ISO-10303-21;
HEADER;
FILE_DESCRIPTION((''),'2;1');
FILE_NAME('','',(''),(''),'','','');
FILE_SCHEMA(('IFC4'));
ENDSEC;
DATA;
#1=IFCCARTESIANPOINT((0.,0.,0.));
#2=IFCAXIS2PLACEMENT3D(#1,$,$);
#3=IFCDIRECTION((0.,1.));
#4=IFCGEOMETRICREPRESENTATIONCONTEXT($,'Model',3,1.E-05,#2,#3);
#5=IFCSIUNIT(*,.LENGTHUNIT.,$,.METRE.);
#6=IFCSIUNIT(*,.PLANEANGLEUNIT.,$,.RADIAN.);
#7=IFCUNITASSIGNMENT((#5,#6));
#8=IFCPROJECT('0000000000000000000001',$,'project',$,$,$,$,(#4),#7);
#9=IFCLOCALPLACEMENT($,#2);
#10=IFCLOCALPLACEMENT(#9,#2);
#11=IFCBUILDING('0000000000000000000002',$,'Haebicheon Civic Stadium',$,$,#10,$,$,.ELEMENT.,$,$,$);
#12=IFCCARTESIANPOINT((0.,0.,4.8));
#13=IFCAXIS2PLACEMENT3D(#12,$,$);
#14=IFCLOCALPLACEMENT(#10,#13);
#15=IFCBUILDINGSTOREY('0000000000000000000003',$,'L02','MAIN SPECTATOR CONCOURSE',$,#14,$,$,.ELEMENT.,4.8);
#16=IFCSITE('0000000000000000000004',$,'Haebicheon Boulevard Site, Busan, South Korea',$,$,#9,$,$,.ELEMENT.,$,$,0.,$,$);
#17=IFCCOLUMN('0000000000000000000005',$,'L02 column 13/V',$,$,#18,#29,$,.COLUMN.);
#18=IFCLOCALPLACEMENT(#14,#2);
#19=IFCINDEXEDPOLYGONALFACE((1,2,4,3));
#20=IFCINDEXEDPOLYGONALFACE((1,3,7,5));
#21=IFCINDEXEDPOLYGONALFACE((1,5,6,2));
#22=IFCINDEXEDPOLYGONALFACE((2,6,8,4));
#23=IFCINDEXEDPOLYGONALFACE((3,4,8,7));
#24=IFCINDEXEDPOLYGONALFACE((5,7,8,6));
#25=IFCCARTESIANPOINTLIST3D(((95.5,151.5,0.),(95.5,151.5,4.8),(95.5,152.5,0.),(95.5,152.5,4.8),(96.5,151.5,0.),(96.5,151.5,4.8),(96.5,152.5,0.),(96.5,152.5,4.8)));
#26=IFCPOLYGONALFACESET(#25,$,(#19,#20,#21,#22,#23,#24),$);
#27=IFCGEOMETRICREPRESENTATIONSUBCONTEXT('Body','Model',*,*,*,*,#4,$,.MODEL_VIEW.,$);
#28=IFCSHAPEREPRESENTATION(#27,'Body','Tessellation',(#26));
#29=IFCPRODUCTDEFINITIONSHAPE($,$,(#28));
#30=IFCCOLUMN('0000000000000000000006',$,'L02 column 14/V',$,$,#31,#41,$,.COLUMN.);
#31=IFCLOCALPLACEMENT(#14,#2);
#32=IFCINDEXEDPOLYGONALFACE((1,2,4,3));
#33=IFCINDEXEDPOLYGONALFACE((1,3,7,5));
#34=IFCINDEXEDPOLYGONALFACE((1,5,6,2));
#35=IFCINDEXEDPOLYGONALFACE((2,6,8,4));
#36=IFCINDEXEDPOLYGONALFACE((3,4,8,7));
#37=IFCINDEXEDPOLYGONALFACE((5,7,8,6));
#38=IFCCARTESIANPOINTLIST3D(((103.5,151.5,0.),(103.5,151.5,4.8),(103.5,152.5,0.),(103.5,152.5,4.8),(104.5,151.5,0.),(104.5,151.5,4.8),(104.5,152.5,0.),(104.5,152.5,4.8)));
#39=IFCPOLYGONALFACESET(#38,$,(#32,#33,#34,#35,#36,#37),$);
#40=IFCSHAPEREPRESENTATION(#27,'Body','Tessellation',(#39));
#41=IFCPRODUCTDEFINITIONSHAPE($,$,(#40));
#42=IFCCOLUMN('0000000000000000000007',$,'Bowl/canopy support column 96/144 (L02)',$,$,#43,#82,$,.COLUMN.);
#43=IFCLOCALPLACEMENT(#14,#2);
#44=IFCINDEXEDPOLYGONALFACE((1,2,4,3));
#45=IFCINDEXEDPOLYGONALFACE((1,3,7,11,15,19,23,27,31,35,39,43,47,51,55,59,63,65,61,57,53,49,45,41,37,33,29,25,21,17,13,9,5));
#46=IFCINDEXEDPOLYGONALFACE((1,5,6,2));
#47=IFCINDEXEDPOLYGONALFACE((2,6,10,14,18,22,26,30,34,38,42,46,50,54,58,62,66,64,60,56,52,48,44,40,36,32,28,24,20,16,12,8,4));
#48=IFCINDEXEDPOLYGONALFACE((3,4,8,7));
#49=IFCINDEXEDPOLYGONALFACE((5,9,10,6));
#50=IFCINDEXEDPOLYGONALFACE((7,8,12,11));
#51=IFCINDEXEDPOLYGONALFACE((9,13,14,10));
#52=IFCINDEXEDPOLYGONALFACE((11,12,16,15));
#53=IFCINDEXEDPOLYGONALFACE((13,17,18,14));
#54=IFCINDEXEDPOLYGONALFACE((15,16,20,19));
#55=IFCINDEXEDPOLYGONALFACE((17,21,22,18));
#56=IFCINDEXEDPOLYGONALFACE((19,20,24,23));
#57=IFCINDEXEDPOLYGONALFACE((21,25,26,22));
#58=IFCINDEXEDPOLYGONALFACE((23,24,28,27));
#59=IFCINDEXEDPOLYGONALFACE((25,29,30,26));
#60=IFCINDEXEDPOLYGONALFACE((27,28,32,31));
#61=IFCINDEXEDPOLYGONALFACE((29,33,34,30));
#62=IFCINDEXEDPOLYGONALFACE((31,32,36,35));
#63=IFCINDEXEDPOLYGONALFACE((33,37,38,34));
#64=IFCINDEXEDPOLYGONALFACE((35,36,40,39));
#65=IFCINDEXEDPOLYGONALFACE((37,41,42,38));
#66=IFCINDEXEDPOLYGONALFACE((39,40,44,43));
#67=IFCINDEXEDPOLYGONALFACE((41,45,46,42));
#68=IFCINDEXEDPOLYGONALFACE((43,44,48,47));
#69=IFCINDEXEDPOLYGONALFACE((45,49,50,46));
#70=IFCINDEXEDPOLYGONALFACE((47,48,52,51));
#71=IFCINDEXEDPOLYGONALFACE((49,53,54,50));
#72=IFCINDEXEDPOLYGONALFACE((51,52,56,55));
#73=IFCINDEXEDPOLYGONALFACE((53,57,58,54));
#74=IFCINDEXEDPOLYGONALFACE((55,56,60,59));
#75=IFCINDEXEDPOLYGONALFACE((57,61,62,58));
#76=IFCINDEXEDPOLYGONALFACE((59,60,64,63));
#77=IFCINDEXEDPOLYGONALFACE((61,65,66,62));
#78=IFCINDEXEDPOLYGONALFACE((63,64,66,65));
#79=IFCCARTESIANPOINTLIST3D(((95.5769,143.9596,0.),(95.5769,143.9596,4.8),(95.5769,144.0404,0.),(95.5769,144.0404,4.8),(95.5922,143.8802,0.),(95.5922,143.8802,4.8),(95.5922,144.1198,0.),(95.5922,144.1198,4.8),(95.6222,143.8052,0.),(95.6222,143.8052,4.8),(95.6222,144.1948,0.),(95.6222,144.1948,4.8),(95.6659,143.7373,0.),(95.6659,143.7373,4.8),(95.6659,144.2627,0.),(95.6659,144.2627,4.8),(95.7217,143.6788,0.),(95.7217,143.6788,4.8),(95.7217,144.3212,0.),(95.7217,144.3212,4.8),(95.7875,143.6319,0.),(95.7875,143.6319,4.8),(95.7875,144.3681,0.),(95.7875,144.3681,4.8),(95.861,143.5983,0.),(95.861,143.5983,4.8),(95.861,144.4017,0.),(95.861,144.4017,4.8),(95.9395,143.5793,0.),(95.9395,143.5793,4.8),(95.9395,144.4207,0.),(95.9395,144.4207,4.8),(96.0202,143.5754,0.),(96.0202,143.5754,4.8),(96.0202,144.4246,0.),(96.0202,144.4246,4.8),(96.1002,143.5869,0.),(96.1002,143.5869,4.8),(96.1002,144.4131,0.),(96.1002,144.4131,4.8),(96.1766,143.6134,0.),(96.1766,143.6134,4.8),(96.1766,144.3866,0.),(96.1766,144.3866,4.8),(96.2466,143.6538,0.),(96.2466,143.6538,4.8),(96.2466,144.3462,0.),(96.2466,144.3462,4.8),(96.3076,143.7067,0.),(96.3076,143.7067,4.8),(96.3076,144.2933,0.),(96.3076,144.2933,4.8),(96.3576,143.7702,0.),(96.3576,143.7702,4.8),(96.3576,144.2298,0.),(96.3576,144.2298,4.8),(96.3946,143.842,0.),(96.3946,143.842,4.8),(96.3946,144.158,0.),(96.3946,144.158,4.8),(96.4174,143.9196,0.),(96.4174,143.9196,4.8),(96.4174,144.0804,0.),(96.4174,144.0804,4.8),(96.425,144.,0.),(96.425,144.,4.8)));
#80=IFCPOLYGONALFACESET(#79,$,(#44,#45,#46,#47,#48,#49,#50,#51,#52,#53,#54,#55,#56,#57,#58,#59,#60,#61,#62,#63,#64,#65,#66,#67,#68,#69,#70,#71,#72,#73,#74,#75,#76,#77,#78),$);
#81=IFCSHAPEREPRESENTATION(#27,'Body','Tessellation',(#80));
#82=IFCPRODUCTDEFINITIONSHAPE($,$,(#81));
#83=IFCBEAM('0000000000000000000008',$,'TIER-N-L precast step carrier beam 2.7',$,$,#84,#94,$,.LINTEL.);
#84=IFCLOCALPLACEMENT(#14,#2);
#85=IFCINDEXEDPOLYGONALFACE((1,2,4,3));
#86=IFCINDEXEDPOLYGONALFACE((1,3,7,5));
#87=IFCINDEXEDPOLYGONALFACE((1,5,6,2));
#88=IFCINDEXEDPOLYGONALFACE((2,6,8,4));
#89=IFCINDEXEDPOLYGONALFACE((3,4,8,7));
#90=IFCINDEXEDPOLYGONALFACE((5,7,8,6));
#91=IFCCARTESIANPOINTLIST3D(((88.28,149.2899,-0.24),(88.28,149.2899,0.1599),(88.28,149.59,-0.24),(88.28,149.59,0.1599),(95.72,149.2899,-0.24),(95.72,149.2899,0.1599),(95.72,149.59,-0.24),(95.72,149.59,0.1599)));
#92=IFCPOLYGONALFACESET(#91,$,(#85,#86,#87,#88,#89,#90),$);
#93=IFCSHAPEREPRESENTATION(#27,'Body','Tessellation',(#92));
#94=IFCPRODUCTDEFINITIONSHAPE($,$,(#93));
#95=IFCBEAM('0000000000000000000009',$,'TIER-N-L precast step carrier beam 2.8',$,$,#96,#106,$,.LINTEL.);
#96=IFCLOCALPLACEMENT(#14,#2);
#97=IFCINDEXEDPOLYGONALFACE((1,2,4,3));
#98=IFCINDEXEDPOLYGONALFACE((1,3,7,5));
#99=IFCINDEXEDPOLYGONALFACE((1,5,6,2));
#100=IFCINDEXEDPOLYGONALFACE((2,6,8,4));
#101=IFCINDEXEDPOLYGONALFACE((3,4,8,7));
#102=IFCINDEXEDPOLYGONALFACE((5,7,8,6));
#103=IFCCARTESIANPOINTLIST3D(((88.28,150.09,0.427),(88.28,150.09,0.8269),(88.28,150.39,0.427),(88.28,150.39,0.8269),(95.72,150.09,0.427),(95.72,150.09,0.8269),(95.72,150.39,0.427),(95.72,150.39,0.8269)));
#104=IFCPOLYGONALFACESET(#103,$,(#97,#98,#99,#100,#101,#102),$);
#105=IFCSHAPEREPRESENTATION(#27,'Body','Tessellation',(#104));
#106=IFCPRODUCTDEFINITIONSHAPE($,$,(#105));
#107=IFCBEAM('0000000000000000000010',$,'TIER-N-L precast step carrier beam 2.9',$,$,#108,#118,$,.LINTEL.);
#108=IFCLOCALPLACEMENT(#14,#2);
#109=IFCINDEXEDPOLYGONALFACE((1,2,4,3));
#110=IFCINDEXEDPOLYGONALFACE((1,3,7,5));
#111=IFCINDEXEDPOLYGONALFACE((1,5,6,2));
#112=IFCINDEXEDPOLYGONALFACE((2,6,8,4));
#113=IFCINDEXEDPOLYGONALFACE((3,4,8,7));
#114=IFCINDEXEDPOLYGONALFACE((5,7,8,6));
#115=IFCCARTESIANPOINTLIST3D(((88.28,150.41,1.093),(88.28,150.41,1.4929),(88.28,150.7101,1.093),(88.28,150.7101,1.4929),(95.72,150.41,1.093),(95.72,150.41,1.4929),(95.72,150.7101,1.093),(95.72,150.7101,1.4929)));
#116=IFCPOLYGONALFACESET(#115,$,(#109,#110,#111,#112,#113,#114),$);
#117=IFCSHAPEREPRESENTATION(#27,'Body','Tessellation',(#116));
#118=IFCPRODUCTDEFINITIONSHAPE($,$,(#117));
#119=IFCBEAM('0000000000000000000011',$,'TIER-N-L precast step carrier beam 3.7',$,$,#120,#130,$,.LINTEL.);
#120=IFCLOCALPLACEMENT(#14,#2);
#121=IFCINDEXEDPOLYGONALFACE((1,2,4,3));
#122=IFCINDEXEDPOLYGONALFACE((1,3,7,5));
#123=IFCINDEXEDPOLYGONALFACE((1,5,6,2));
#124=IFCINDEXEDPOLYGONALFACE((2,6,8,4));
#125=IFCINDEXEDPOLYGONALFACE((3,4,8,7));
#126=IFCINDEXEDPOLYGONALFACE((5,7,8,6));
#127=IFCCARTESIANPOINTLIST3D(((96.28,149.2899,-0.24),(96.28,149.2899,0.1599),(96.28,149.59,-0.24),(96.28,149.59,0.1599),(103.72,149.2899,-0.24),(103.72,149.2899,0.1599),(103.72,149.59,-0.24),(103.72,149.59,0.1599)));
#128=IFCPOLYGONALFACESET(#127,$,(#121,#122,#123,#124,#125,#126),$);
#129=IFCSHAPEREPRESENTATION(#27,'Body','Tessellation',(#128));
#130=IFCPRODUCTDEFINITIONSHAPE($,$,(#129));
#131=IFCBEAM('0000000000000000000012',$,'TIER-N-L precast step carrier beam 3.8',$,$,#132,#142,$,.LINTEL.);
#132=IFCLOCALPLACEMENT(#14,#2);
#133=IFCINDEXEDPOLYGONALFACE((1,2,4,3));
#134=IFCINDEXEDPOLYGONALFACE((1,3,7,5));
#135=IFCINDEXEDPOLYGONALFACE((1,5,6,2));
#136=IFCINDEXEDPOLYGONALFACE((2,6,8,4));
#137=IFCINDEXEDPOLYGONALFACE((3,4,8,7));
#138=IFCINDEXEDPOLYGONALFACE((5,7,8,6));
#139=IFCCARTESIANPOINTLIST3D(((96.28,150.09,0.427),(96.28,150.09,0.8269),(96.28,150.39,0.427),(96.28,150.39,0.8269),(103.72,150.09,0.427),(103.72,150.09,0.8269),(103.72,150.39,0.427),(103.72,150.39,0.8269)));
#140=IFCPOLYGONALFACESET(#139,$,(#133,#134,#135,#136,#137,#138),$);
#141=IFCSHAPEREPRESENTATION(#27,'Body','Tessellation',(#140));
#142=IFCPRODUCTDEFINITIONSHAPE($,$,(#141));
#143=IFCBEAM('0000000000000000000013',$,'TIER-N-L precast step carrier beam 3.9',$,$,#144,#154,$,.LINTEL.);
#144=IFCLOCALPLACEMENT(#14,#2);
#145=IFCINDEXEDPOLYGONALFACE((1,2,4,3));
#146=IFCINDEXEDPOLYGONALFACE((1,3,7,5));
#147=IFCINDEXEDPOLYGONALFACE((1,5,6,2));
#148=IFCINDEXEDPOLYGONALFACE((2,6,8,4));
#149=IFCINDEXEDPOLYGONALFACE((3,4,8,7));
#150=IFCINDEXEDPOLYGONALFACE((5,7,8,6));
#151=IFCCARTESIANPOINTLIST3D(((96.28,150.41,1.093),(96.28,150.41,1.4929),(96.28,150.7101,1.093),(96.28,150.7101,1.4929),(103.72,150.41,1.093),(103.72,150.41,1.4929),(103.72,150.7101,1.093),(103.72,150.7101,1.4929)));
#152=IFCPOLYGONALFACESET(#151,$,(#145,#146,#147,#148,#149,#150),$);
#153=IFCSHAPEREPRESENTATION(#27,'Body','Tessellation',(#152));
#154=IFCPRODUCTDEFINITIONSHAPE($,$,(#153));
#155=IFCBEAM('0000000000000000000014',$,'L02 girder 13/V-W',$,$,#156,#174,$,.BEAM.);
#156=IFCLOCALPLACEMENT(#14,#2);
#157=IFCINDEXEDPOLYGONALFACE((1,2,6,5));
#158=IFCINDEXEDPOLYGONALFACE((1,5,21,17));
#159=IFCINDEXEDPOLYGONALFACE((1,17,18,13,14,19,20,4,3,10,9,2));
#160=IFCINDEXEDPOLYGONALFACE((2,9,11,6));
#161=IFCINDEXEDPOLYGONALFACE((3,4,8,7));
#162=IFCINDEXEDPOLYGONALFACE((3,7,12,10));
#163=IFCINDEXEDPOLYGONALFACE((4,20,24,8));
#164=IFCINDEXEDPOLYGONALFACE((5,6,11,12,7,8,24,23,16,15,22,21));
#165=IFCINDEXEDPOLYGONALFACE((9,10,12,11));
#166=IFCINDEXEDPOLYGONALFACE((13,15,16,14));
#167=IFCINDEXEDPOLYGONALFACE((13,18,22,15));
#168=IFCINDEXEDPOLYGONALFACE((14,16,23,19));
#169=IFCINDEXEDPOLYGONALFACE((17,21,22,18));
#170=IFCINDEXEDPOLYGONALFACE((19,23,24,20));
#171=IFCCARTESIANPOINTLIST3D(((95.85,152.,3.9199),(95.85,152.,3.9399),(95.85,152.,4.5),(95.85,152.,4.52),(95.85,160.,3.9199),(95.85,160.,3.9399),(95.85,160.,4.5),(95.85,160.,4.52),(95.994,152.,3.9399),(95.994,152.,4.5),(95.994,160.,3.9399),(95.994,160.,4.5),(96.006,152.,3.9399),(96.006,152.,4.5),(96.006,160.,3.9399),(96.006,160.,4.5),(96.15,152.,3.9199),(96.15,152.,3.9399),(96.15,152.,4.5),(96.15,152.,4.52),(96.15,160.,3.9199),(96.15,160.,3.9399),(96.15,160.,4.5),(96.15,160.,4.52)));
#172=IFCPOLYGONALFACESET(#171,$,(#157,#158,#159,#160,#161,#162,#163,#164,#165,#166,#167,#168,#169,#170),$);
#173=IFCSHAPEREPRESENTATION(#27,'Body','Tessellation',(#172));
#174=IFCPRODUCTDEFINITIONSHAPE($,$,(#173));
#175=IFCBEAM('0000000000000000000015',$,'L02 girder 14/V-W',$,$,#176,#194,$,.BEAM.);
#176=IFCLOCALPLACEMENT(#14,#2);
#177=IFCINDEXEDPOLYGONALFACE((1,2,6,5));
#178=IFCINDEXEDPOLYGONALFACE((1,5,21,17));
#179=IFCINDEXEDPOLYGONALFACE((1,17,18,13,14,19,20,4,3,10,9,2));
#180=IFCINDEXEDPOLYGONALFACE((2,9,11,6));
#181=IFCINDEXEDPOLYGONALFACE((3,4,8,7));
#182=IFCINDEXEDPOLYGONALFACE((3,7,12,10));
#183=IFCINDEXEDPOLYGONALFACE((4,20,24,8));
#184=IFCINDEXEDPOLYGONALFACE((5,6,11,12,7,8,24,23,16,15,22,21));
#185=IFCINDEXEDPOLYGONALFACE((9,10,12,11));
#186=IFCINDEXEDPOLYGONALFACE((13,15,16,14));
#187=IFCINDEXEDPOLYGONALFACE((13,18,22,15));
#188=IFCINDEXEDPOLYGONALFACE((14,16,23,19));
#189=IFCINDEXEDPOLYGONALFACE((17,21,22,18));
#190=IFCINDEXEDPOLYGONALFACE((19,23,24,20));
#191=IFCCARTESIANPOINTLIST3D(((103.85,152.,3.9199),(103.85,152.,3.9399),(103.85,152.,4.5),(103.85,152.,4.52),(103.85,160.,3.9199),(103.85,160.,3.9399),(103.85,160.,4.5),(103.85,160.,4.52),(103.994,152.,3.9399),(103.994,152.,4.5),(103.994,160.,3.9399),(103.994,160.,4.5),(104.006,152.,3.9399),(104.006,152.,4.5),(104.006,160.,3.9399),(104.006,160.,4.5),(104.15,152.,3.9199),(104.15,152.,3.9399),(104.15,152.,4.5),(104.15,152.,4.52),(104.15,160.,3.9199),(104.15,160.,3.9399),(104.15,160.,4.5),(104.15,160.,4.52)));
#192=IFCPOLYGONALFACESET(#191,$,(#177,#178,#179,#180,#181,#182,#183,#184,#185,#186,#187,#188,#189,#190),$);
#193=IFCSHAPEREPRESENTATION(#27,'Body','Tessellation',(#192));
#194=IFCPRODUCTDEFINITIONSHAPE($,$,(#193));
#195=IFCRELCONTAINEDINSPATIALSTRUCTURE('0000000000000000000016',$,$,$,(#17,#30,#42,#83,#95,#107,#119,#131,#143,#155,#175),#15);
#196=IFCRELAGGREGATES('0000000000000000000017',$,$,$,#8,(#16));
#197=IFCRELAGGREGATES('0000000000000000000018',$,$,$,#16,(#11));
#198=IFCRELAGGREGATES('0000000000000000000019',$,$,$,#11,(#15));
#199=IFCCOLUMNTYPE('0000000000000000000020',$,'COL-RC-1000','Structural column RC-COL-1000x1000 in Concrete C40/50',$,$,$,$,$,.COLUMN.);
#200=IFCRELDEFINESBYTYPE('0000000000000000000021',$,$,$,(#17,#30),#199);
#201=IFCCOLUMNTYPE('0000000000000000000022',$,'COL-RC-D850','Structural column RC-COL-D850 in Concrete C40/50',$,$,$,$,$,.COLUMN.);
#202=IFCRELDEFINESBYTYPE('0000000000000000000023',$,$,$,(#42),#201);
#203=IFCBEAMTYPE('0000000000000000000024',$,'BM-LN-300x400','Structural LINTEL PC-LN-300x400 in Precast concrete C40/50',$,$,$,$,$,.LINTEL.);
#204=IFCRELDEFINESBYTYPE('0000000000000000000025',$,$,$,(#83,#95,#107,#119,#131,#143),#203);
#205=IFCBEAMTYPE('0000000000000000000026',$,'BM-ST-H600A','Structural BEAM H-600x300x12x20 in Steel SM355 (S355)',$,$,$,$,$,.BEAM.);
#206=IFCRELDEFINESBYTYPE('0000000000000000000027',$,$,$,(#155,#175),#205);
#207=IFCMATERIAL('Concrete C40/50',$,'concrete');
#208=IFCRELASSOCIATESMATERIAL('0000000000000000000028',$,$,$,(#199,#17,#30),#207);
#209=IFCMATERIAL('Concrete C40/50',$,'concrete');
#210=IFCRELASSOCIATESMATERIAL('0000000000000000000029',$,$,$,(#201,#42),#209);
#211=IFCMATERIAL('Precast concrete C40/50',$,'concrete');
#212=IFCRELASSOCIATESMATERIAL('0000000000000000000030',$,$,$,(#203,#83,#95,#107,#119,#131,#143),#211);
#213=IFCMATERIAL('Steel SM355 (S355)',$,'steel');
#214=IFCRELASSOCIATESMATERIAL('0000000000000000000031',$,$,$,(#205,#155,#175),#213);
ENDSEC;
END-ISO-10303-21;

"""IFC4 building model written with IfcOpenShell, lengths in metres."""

from ifc_helpers import new_model, si_unit, direction, frame, origin, origin_2d, place, context, subcontext, project, spatial, rectangle, circle, i_section, extrude, material, material_profile, profile_set, type_object, element, save


model = new_model("IFC4")

# Units and contexts
model_context = context("Model", 3, precision=1e-05, world=origin(), true_north=direction((0.0, 1.0)))
body_context = subcontext(model_context, "Body", "Model", "MODEL_VIEW")
ifc_project = project(units=[si_unit("LENGTHUNIT", "METRE"), si_unit("PLANEANGLEUNIT", "RADIAN")], contexts=[model_context])

# Site, building, storey
site_placement = place(None, origin())
site = spatial("IfcSite", under=ifc_project, at=site_placement, Name="Haebicheon Boulevard Site, Busan, South Korea", CompositionType="ELEMENT", RefElevation=0.0)
building_placement = place(site_placement, origin())
building = spatial("IfcBuilding", under=site, at=building_placement, Name="Haebicheon Civic Stadium", CompositionType="ELEMENT")
storey_placement = place(building_placement, frame((0.0, 0.0, 4.8)))
storey = spatial("IfcBuildingStorey", under=building, at=storey_placement, Name="L02", Description="MAIN SPECTATOR CONCOURSE", CompositionType="ELEMENT", Elevation=4.8)

# Columns
ifc_material_1 = material(Name="Concrete C40/50", Category="concrete")
ifc_material_profile_1 = material_profile(ifc_material_1, rectangle(XDim=1.0, YDim=1.0, at=origin_2d()), Name="RC-COL-1000x1000")
ifc_profile_set_1 = profile_set([ifc_material_profile_1], Name="Concrete C40/50")
column_type_1 = type_object("IfcColumnType", Name="COL-RC-1000", Description="Structural column RC-COL-1000x1000 in Concrete C40/50", PredefinedType="COLUMN", material=ifc_profile_set_1)
for number, where, z_axis, x_axis, name in (
    (1, (96.0, 152.0, 0.0), (0.0, 0.0, 1.0), (1.0, 0.0, 0.0), "L02 column 13/V"),
    (2, (104.0, 152.0, 0.0), (0.0, 0.0, 1.0), (1.0, 0.0, 0.0), "L02 column 14/V"),
):
    element("IfcColumn", number, at=place(storey_placement, frame(where, z_axis=z_axis, x_axis=x_axis)), inside=storey, type_object=column_type_1, material=ifc_profile_set_1, Name=name, PredefinedType="COLUMN", context=body_context, shape_type="SweptSolid", body=[
        extrude(rectangle(XDim=1.0, YDim=1.0, at=origin_2d()), origin(), (0.0, 0.0, 1.0), 4.8),
    ])
ifc_material_2 = material(Name="Concrete C40/50", Category="concrete")
ifc_material_profile_2 = material_profile(ifc_material_2, circle(Radius=0.425, at=origin_2d()), Name="RC-COL-D850")
ifc_profile_set_2 = profile_set([ifc_material_profile_2], Name="Concrete C40/50")
column_type_2 = type_object("IfcColumnType", Name="COL-RC-D850", Description="Structural column RC-COL-D850 in Concrete C40/50", PredefinedType="COLUMN", material=ifc_profile_set_2)
column_placement = place(storey_placement, frame((96.0, 144.0, 0.0), z_axis=(0.0, 0.0, 1.0), x_axis=(1.0, 0.0, 0.0)))
element("IfcColumn", 3, at=column_placement, inside=storey, type_object=column_type_2, material=ifc_profile_set_2, Name="Bowl/canopy support column 96/144 (L02)", PredefinedType="COLUMN", context=body_context, shape_type="SweptSolid", body=[
    extrude(circle(Radius=0.425, at=origin_2d()), origin(), (0.0, 0.0, 1.0), 4.8),
])

# Beams
ifc_material_3 = material(Name="Precast concrete C40/50", Category="concrete")
ifc_material_profile_3 = material_profile(ifc_material_3, rectangle(XDim=0.3, YDim=0.3999, at=origin_2d()), Name="PC-LN-300x400")
ifc_profile_set_3 = profile_set([ifc_material_profile_3], Name="Precast concrete C40/50")
beam_type_1 = type_object("IfcBeamType", Name="BM-LN-300x400", Description="Structural LINTEL PC-LN-300x400 in Precast concrete C40/50", PredefinedType="LINTEL", material=ifc_profile_set_3)
for number, where, z_axis, x_axis, name in (
    (4, (88.28, 149.4399, -0.04), (1.0, 0.0, 0.0), (0.0, 1.0, 0.0), "TIER-N-L precast step carrier beam 2.7"),
    (5, (88.28, 150.24, 0.627), (1.0, 0.0, 0.0), (0.0, 1.0, 0.0), "TIER-N-L precast step carrier beam 2.8"),
    (6, (88.28, 150.5601, 1.293), (1.0, 0.0, 0.0), (0.0, 1.0, 0.0), "TIER-N-L precast step carrier beam 2.9"),
    (7, (96.28, 149.4399, -0.04), (1.0, 0.0, 0.0), (0.0, 1.0, 0.0), "TIER-N-L precast step carrier beam 3.7"),
    (8, (96.28, 150.24, 0.627), (1.0, 0.0, 0.0), (0.0, 1.0, 0.0), "TIER-N-L precast step carrier beam 3.8"),
    (9, (96.28, 150.5601, 1.293), (1.0, 0.0, 0.0), (0.0, 1.0, 0.0), "TIER-N-L precast step carrier beam 3.9"),
):
    element("IfcBeam", number, at=place(storey_placement, frame(where, z_axis=z_axis, x_axis=x_axis)), inside=storey, type_object=beam_type_1, material=ifc_profile_set_3, Name=name, PredefinedType="LINTEL", context=body_context, shape_type="SweptSolid", body=[
        extrude(rectangle(XDim=0.3, YDim=0.3999, at=origin_2d()), origin(), (0.0, 0.0, 1.0), 7.4399),
    ])
ifc_material_4 = material(Name="Steel SM355 (S355)", Category="steel")
ifc_material_profile_4 = material_profile(ifc_material_4, i_section(OverallWidth=0.3, OverallDepth=0.6001, WebThickness=0.012, FlangeThickness=0.02, at=origin_2d()), Name="H-600x300x12x20")
ifc_profile_set_4 = profile_set([ifc_material_profile_4], Name="Steel SM355 (S355)")
beam_type_2 = type_object("IfcBeamType", Name="BM-ST-H600A", Description="Structural BEAM H-600x300x12x20 in Steel SM355 (S355)", PredefinedType="BEAM", material=ifc_profile_set_4)
for number, where, z_axis, x_axis, name in (
    (10, (96.0, 152.0, 4.22), (0.0, 1.0, 0.0), (-1.0, 0.0, 0.0), "L02 girder 13/V-W"),
    (11, (104.0, 152.0, 4.22), (0.0, 1.0, 0.0), (-1.0, 0.0, 0.0), "L02 girder 14/V-W"),
):
    element("IfcBeam", number, at=place(storey_placement, frame(where, z_axis=z_axis, x_axis=x_axis)), inside=storey, type_object=beam_type_2, material=ifc_profile_set_4, Name=name, PredefinedType="BEAM", context=body_context, shape_type="SweptSolid", body=[
        extrude(i_section(OverallWidth=0.3, OverallDepth=0.6001, WebThickness=0.012, FlangeThickness=0.02, at=origin_2d()), origin(), (0.0, 0.0, 1.0), 8.0),
    ])

save(model, "model.ifc")
